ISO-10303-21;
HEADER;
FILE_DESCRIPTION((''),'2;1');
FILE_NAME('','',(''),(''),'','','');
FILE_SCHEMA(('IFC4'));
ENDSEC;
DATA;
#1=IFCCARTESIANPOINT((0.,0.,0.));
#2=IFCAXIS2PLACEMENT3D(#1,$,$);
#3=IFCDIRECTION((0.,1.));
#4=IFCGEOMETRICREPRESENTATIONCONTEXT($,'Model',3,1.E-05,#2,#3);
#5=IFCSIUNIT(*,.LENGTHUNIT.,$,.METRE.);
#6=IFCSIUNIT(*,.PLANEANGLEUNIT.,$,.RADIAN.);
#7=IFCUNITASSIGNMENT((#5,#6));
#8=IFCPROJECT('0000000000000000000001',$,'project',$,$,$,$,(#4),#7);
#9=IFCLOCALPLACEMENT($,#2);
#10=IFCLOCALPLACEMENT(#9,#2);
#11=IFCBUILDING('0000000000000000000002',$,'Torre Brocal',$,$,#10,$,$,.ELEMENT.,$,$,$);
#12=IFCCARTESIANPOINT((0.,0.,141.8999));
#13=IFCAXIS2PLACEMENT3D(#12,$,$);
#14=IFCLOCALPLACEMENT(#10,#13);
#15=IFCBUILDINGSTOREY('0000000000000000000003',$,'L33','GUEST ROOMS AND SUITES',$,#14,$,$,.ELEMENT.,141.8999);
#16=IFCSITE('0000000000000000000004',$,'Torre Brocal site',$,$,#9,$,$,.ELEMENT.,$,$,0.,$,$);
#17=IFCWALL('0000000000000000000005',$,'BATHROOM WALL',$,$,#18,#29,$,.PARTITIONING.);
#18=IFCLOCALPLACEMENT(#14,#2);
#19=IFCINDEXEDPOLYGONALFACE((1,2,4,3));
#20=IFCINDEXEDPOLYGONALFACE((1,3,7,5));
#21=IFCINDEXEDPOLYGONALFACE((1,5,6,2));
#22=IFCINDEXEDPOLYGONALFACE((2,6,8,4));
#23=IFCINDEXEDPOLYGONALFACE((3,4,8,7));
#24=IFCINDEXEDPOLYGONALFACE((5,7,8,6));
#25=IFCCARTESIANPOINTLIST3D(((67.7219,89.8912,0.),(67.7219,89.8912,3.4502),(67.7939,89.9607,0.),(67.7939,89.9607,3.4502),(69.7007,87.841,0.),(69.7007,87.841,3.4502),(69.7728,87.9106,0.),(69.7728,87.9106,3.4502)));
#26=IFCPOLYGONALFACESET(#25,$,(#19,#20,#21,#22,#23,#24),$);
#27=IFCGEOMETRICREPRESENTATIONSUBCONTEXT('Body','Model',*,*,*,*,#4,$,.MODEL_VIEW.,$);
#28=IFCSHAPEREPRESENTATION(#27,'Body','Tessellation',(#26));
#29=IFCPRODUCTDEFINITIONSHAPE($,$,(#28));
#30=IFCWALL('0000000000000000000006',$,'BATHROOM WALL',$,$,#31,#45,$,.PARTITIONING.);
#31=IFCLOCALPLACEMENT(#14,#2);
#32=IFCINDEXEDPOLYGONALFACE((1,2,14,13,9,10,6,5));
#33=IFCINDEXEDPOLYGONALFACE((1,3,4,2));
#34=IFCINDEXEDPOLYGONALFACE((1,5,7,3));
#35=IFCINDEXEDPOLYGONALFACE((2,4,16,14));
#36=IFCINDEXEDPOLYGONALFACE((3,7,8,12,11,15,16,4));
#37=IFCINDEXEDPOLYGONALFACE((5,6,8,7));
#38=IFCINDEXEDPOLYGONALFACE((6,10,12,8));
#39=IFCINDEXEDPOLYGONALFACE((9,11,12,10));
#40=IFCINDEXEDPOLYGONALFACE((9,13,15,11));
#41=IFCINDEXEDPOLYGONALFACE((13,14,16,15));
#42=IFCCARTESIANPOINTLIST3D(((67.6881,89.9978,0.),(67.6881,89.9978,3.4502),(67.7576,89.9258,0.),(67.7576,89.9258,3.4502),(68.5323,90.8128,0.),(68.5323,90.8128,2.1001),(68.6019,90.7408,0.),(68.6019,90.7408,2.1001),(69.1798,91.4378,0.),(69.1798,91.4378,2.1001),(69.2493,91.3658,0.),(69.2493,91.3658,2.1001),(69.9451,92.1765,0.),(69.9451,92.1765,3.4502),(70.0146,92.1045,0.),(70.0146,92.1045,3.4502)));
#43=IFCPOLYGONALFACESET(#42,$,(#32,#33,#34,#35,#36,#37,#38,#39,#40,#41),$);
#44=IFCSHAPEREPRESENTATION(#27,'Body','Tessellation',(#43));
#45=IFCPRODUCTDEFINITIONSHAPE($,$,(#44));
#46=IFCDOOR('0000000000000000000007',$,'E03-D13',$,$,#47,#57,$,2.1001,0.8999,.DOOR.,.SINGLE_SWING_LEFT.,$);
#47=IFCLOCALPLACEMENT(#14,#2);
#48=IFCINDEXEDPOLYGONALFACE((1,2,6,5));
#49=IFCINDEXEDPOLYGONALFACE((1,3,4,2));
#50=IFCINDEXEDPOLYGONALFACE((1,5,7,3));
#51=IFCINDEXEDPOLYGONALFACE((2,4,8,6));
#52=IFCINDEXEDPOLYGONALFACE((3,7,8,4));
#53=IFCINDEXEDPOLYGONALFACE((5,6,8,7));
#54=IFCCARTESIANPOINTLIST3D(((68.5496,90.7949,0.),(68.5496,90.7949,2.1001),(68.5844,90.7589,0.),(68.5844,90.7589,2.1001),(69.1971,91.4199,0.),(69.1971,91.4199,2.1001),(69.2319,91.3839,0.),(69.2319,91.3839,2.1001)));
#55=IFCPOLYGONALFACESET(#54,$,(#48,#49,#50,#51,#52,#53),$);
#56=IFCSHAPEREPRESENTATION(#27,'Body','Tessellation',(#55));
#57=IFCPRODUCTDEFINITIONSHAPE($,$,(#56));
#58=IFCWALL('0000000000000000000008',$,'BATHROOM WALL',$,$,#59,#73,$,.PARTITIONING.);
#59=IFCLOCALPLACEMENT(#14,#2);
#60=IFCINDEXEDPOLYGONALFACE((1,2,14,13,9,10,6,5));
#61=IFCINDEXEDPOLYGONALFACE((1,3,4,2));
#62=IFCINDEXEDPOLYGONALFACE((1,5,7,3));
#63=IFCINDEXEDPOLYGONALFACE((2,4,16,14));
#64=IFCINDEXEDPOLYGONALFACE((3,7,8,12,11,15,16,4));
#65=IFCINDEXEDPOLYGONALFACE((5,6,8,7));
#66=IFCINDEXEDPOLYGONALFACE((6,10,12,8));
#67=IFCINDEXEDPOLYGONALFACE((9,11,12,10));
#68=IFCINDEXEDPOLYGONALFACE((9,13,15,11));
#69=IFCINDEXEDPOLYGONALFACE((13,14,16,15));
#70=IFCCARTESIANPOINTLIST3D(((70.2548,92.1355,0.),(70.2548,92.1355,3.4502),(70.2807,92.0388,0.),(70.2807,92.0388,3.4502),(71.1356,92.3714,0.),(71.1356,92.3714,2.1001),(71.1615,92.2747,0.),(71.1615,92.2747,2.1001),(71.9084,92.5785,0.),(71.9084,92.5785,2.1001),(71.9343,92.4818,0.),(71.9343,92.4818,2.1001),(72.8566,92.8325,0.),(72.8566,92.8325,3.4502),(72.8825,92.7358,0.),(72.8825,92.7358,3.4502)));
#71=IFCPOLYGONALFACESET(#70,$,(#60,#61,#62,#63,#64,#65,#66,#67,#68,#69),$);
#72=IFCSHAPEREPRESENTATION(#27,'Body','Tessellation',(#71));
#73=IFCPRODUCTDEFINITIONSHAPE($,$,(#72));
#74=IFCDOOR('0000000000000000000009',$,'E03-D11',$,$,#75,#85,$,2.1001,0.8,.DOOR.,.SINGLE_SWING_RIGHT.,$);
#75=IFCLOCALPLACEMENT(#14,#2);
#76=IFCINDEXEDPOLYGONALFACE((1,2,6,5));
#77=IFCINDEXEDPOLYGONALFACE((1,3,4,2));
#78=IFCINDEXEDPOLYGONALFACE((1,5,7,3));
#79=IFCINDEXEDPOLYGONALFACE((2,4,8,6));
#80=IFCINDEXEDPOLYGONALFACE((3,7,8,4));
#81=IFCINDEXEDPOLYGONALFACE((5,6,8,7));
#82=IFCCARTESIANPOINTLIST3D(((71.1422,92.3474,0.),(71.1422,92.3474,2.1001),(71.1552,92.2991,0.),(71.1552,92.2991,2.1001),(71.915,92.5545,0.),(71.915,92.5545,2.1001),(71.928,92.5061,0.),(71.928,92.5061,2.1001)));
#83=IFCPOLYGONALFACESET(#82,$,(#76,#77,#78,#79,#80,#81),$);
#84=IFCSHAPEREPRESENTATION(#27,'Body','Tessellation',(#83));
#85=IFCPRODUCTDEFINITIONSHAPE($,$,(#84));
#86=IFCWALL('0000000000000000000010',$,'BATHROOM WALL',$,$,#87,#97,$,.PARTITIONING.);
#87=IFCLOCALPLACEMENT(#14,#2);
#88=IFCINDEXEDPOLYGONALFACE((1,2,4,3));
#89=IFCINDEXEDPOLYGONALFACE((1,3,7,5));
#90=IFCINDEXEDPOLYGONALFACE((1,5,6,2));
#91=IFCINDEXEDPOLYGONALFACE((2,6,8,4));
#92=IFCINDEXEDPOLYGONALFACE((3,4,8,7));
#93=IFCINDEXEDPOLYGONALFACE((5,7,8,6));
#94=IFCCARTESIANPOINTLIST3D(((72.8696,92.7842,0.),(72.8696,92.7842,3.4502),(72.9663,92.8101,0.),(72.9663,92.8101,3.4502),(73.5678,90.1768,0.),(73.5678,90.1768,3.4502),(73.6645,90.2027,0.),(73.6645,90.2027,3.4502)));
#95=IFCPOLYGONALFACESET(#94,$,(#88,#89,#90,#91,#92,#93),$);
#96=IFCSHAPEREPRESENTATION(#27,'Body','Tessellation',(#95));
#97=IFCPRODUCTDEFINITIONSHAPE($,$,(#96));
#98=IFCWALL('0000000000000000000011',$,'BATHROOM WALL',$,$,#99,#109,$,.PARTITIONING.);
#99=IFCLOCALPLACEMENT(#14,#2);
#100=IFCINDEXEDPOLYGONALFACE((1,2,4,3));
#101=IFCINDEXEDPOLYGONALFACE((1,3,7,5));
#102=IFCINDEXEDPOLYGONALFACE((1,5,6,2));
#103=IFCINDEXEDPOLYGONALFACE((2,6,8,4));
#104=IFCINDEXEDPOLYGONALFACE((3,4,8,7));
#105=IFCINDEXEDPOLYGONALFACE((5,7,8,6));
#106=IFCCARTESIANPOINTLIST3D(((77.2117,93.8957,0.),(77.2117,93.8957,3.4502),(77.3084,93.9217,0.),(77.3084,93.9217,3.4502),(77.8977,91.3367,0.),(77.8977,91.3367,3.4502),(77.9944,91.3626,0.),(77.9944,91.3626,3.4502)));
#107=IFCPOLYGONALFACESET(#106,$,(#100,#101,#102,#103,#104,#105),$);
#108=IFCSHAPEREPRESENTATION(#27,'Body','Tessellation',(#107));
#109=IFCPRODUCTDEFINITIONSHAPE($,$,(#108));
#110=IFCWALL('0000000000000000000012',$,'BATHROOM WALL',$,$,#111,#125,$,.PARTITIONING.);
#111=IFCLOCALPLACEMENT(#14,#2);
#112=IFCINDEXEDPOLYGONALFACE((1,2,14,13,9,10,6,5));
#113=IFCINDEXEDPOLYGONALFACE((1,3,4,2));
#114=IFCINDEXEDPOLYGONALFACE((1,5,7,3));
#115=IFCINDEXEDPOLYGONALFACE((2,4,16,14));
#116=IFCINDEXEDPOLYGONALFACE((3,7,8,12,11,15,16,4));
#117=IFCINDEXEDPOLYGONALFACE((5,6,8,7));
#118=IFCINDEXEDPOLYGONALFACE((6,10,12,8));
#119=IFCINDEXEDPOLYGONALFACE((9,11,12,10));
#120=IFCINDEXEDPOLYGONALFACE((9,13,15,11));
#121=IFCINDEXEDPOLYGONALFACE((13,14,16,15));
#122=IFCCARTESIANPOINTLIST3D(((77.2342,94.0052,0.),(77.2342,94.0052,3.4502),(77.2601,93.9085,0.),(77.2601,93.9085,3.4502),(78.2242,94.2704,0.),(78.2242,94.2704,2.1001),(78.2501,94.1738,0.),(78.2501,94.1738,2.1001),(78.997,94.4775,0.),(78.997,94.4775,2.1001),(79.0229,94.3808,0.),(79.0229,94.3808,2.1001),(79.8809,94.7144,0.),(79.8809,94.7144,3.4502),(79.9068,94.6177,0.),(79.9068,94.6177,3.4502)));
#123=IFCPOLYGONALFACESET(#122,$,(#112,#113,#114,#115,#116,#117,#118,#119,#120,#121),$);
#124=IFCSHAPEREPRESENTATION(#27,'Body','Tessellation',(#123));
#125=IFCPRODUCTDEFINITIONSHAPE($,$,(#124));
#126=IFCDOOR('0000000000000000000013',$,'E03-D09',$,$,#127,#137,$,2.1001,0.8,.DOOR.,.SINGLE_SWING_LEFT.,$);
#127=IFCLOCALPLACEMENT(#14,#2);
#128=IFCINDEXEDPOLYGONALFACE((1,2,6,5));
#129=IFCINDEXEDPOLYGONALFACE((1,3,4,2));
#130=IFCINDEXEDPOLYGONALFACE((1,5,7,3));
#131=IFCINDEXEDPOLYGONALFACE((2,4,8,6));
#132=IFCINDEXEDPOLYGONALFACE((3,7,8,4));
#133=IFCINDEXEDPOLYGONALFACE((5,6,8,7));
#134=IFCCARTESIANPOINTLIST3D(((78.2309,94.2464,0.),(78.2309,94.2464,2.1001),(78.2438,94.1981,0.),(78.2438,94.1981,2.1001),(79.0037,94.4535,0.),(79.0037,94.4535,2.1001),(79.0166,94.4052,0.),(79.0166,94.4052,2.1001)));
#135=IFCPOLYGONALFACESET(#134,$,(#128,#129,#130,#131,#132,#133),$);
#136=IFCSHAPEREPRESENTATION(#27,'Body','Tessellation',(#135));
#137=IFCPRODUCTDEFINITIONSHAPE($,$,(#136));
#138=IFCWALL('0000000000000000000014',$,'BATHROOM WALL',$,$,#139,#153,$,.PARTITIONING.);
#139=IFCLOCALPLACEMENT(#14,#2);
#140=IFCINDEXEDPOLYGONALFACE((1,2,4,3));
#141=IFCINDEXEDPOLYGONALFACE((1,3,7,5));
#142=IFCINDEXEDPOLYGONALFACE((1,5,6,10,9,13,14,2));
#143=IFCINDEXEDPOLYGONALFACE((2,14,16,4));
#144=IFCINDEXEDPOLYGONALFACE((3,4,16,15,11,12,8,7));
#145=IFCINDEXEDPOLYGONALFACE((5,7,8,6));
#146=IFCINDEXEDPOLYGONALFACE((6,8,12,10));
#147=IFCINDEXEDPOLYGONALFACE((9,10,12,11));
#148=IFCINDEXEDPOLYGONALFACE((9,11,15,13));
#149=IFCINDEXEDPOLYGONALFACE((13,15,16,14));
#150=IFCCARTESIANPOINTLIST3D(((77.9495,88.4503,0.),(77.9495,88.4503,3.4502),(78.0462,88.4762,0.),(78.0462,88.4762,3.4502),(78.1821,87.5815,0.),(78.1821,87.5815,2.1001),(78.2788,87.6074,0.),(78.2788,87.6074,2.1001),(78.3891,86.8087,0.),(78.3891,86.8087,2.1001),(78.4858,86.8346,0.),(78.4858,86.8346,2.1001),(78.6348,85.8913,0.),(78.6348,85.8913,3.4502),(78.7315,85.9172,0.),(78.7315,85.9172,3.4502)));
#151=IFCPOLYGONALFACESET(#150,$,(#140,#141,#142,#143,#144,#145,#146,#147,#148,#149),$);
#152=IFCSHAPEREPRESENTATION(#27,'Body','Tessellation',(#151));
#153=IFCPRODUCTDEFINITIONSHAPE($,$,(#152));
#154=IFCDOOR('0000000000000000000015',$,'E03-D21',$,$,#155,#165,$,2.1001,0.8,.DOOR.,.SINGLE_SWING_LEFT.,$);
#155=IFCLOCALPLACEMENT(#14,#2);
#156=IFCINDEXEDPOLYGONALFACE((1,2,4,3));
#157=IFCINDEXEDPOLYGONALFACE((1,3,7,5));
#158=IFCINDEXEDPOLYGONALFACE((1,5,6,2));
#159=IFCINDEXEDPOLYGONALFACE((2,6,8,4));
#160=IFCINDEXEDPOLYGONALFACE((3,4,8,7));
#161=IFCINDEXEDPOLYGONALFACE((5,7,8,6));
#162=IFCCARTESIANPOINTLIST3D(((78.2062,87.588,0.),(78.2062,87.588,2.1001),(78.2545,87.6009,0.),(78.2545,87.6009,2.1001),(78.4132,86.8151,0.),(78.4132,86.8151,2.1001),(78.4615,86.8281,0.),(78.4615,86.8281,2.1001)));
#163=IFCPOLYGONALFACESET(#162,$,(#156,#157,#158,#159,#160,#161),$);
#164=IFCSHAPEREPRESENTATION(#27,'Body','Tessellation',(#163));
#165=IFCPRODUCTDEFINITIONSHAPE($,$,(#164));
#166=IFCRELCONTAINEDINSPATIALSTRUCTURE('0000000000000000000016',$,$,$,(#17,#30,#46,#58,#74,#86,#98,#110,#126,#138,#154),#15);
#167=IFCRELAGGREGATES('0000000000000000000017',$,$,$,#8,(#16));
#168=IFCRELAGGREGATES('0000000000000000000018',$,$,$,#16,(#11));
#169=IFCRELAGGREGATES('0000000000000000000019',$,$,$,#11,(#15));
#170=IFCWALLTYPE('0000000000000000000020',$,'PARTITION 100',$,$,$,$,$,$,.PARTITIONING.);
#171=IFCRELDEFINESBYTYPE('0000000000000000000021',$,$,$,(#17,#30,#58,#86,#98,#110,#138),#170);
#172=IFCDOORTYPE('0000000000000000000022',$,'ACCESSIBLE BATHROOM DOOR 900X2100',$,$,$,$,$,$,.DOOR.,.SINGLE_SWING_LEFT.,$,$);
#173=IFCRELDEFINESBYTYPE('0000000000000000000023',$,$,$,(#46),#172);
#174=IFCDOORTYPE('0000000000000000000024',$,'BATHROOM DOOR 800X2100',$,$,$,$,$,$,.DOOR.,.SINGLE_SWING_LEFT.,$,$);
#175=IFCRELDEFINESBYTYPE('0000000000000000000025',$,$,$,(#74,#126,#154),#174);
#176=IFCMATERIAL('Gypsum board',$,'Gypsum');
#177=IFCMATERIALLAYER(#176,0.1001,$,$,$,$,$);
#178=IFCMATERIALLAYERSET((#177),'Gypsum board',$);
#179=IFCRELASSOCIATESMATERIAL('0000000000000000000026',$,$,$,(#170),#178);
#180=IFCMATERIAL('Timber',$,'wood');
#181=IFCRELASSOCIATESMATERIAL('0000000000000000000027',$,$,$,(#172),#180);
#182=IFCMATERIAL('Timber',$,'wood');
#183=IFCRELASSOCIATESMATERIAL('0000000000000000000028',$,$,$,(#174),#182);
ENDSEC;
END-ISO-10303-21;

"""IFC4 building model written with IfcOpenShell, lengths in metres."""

from ifc_helpers import new_model, si_unit, direction, frame, frame_2d, origin, place, context, subcontext, project, spatial, rectangle, extrude, material, layer, layer_set, type_object, element, fill, save


model = new_model("IFC4")

# Units and contexts
model_context = context("Model", 3, precision=1e-05, world=origin(), true_north=direction((0.0, 1.0)))
body_context = subcontext(model_context, "Body", "Model", "MODEL_VIEW")
ifc_project = project(units=[si_unit("LENGTHUNIT", "METRE"), si_unit("PLANEANGLEUNIT", "RADIAN")], contexts=[model_context])

# Site, building, storey
site_placement = place(None, origin())
site = spatial("IfcSite", under=ifc_project, at=site_placement, Name="Torre Brocal site", CompositionType="ELEMENT", RefElevation=0.0)
building_placement = place(site_placement, origin())
building = spatial("IfcBuilding", under=site, at=building_placement, Name="Torre Brocal", CompositionType="ELEMENT")
storey_placement = place(building_placement, frame((0.0, 0.0, 141.8999)))
storey = spatial("IfcBuildingStorey", under=building, at=storey_placement, Name="L33", Description="GUEST ROOMS AND SUITES", CompositionType="ELEMENT", Elevation=141.8999)

# Wall
ifc_material_1 = material(Name="Gypsum board", Category="Gypsum")
ifc_layer_1 = layer(ifc_material_1, 0.1001)
ifc_layer_set_1 = layer_set([ifc_layer_1], Name="Gypsum board")
wall_type_1 = type_object("IfcWallType", Name="PARTITION 100", PredefinedType="PARTITIONING", material=ifc_layer_set_1)
wall_1_placement = place(storey_placement, frame((67.7578, 89.926, 0.0), z_axis=(0.0, 0.0, 1.0), x_axis=(0.694486, -0.719506, 0.0)))
element("IfcWall", 1, at=wall_1_placement, inside=storey, type_object=wall_type_1, Name="BATHROOM WALL", PredefinedType="PARTITIONING", context=body_context, shape_type="SweptSolid", body=[
    extrude(rectangle(XDim=2.8494, YDim=0.1001, at=frame_2d((1.4248, 0.0))), origin(), (0.0, 0.0, 1.0), 3.4502),
])

# Walls, openings, doors
wall_2_placement = place(storey_placement, frame((67.7229, 89.9619, 0.0), z_axis=(0.0, 0.0, 1.0), x_axis=(0.719487, 0.694506, 0.0)))
wall_2 = element("IfcWall", 2, at=wall_2_placement, inside=storey, type_object=wall_type_1, Name="BATHROOM WALL", PredefinedType="PARTITIONING", context=body_context, shape_type="SweptSolid", body=[
    extrude(rectangle(XDim=3.137, YDim=0.1001, at=frame_2d((1.5684, 0.0))), origin(), (0.0, 0.0, 1.0), 3.4502),
])
opening_1_placement = place(wall_2_placement, frame((1.1733, 0.0, 0.0)))
opening_1 = element("IfcOpeningElement", 3, at=opening_1_placement, cuts=wall_2, PredefinedType="OPENING", context=body_context, shape_type="SweptSolid", body=[
    extrude(rectangle(XDim=0.8999, YDim=2.1001, at=frame_2d((0.45, 1.05))), frame((0.0, 0.0601, 0.0), z_axis=(0.0, -1.0, 0.0), x_axis=(1.0, 0.0, 0.0)), (0.0, 0.0, 1.0), 0.1201),
])
ifc_material_2 = material(Name="Timber", Category="wood")
door_type_1 = type_object("IfcDoorType", Name="ACCESSIBLE BATHROOM DOOR 900X2100", OperationType="SINGLE_SWING_LEFT", PredefinedType="DOOR", material=ifc_material_2)
door_1_placement = place(opening_1_placement, frame((0.8999, 0.0, 0.0), z_axis=(0.0, 0.0, 1.0), x_axis=(-1.0, 0.0, 0.0)))
door_1 = element("IfcDoor", 4, at=door_1_placement, inside=storey, type_object=door_type_1, Name="E03-D13", OperationType="SINGLE_SWING_LEFT", OverallHeight=2.1001, OverallWidth=0.8999, PredefinedType="DOOR", context=body_context, shape_type="SweptSolid", body=[
    extrude(rectangle(XDim=0.8999, YDim=2.1001, at=frame_2d((0.45, 1.05))), frame((0.0, 0.0249, 0.0), z_axis=(0.0, -1.0, 0.0), x_axis=(1.0, 0.0, 0.0)), (0.0, 0.0, 1.0), 0.05),
])
fill(opening_1, door_1)
wall_3_placement = place(storey_placement, frame((70.2678, 92.0872, 0.0), z_axis=(0.0, 0.0, 1.0), x_axis=(0.965938, 0.258774, 0.0)))
wall_3 = element("IfcWall", 5, at=wall_3_placement, inside=storey, type_object=wall_type_1, Name="BATHROOM WALL", PredefinedType="PARTITIONING", context=body_context, shape_type="SweptSolid", body=[
    extrude(rectangle(XDim=2.6936, YDim=0.1001, at=frame_2d((1.3467, 0.0))), origin(), (0.0, 0.0, 1.0), 3.4502),
])
opening_2_placement = place(wall_3_placement, frame((0.9119, 0.0, 0.0)))
opening_2 = element("IfcOpeningElement", 6, at=opening_2_placement, cuts=wall_3, PredefinedType="OPENING", context=body_context, shape_type="SweptSolid", body=[
    extrude(rectangle(XDim=0.8, YDim=2.1001, at=frame_2d((0.3999, 1.05))), frame((0.0, 0.0601, 0.0), z_axis=(0.0, -1.0, 0.0), x_axis=(1.0, 0.0, 0.0)), (0.0, 0.0, 1.0), 0.1201),
])
ifc_material_3 = material(Name="Timber", Category="wood")
door_type_2 = type_object("IfcDoorType", Name="BATHROOM DOOR 800X2100", OperationType="SINGLE_SWING_LEFT", PredefinedType="DOOR", material=ifc_material_3)
door_2_placement = place(opening_2_placement, frame((0.8, 0.0, 0.0), z_axis=(0.0, 0.0, 1.0), x_axis=(-1.0, 0.0, 0.0)))
door_2 = element("IfcDoor", 7, at=door_2_placement, inside=storey, type_object=door_type_2, Name="E03-D11", OperationType="SINGLE_SWING_RIGHT", OverallHeight=2.1001, OverallWidth=0.8, PredefinedType="DOOR", context=body_context, shape_type="SweptSolid", body=[
    extrude(rectangle(XDim=0.8, YDim=2.1001, at=frame_2d((0.3999, 1.05))), frame((0.0, 0.0249, 0.0), z_axis=(0.0, -1.0, 0.0), x_axis=(1.0, 0.0, 0.0)), (0.0, 0.0, 1.0), 0.05),
])
fill(opening_2, door_2)

# Walls
wall_4_placement = place(storey_placement, frame((72.918, 92.7971, 0.0), z_axis=(0.0, 0.0, 1.0), x_axis=(0.258676, -0.965964, 0.0)))
element("IfcWall", 8, at=wall_4_placement, inside=storey, type_object=wall_type_1, Name="BATHROOM WALL", PredefinedType="PARTITIONING", context=body_context, shape_type="SweptSolid", body=[
    extrude(rectangle(XDim=2.6992, YDim=0.1001, at=frame_2d((1.3496, 0.0))), origin(), (0.0, 0.0, 1.0), 3.4502),
])
wall_5_placement = place(storey_placement, frame((77.26, 93.9087, 0.0), z_axis=(0.0, 0.0, 1.0), x_axis=(0.258936, -0.965895, 0.0)))
element("IfcWall", 9, at=wall_5_placement, inside=storey, type_object=wall_type_1, Name="BATHROOM WALL", PredefinedType="PARTITIONING", context=body_context, shape_type="SweptSolid", body=[
    extrude(rectangle(XDim=2.6494, YDim=0.1001, at=frame_2d((1.3247, 0.0))), origin(), (0.0, 0.0, 1.0), 3.4502),
])

# Walls, openings, doors
wall_6_placement = place(storey_placement, frame((77.2471, 93.9568, 0.0), z_axis=(0.0, 0.0, 1.0), x_axis=(0.965922, 0.258833, 0.0)))
wall_6 = element("IfcWall", 10, at=wall_6_placement, inside=storey, type_object=wall_type_1, Name="BATHROOM WALL", PredefinedType="PARTITIONING", context=body_context, shape_type="SweptSolid", body=[
    extrude(rectangle(XDim=2.74, YDim=0.1001, at=frame_2d((1.3701, 0.0))), origin(), (0.0, 0.0, 1.0), 3.4502),
])
opening_3_placement = place(wall_6_placement, frame((1.0251, 0.0, 0.0)))
opening_3 = element("IfcOpeningElement", 11, at=opening_3_placement, cuts=wall_6, PredefinedType="OPENING", context=body_context, shape_type="SweptSolid", body=[
    extrude(rectangle(XDim=0.8, YDim=2.1001, at=frame_2d((0.3999, 1.05))), frame((0.0, 0.0601, 0.0), z_axis=(0.0, -1.0, 0.0), x_axis=(1.0, 0.0, 0.0)), (0.0, 0.0, 1.0), 0.1201),
])
door_3_placement = place(opening_3_placement, frame((0.8, 0.0, 0.0), z_axis=(0.0, 0.0, 1.0), x_axis=(-1.0, 0.0, 0.0)))
door_3 = element("IfcDoor", 12, at=door_3_placement, inside=storey, type_object=door_type_2, Name="E03-D09", OperationType="SINGLE_SWING_LEFT", OverallHeight=2.1001, OverallWidth=0.8, PredefinedType="DOOR", context=body_context, shape_type="SweptSolid", body=[
    extrude(rectangle(XDim=0.8, YDim=2.1001, at=frame_2d((0.3999, 1.05))), frame((0.0, 0.0249, 0.0), z_axis=(0.0, -1.0, 0.0), x_axis=(1.0, 0.0, 0.0)), (0.0, 0.0, 1.0), 0.05),
])
fill(opening_3, door_3)
wall_7_placement = place(storey_placement, frame((77.9978, 88.4634, 0.0), z_axis=(0.0, 0.0, 1.0), x_axis=(0.258678, -0.965964, 0.0)))
wall_7 = element("IfcWall", 13, at=wall_7_placement, inside=storey, type_object=wall_type_1, Name="BATHROOM WALL", PredefinedType="PARTITIONING", context=body_context, shape_type="SweptSolid", body=[
    extrude(rectangle(XDim=2.6492, YDim=0.1001, at=frame_2d((1.3247, 0.0))), origin(), (0.0, 0.0, 1.0), 3.4502),
])
opening_4_placement = place(wall_7_placement, frame((0.8997, 0.0, 0.0)))
opening_4 = element("IfcOpeningElement", 14, at=opening_4_placement, cuts=wall_7, PredefinedType="OPENING", context=body_context, shape_type="SweptSolid", body=[
    extrude(rectangle(XDim=0.8, YDim=2.1001, at=frame_2d((0.3999, 1.05))), frame((0.0, 0.0601, 0.0), z_axis=(0.0, -1.0, 0.0), x_axis=(1.0, 0.0, 0.0)), (0.0, 0.0, 1.0), 0.1201),
])
door_4_placement = place(opening_4_placement, origin())
door_4 = element("IfcDoor", 15, at=door_4_placement, inside=storey, type_object=door_type_2, Name="E03-D21", OperationType="SINGLE_SWING_LEFT", OverallHeight=2.1001, OverallWidth=0.8, PredefinedType="DOOR", context=body_context, shape_type="SweptSolid", body=[
    extrude(rectangle(XDim=0.8, YDim=2.1001, at=frame_2d((0.3999, 1.05))), frame((0.0, 0.0249, 0.0), z_axis=(0.0, -1.0, 0.0), x_axis=(1.0, 0.0, 0.0)), (0.0, 0.0, 1.0), 0.05),
])
fill(opening_4, door_4)

save(model, "model.ifc")
